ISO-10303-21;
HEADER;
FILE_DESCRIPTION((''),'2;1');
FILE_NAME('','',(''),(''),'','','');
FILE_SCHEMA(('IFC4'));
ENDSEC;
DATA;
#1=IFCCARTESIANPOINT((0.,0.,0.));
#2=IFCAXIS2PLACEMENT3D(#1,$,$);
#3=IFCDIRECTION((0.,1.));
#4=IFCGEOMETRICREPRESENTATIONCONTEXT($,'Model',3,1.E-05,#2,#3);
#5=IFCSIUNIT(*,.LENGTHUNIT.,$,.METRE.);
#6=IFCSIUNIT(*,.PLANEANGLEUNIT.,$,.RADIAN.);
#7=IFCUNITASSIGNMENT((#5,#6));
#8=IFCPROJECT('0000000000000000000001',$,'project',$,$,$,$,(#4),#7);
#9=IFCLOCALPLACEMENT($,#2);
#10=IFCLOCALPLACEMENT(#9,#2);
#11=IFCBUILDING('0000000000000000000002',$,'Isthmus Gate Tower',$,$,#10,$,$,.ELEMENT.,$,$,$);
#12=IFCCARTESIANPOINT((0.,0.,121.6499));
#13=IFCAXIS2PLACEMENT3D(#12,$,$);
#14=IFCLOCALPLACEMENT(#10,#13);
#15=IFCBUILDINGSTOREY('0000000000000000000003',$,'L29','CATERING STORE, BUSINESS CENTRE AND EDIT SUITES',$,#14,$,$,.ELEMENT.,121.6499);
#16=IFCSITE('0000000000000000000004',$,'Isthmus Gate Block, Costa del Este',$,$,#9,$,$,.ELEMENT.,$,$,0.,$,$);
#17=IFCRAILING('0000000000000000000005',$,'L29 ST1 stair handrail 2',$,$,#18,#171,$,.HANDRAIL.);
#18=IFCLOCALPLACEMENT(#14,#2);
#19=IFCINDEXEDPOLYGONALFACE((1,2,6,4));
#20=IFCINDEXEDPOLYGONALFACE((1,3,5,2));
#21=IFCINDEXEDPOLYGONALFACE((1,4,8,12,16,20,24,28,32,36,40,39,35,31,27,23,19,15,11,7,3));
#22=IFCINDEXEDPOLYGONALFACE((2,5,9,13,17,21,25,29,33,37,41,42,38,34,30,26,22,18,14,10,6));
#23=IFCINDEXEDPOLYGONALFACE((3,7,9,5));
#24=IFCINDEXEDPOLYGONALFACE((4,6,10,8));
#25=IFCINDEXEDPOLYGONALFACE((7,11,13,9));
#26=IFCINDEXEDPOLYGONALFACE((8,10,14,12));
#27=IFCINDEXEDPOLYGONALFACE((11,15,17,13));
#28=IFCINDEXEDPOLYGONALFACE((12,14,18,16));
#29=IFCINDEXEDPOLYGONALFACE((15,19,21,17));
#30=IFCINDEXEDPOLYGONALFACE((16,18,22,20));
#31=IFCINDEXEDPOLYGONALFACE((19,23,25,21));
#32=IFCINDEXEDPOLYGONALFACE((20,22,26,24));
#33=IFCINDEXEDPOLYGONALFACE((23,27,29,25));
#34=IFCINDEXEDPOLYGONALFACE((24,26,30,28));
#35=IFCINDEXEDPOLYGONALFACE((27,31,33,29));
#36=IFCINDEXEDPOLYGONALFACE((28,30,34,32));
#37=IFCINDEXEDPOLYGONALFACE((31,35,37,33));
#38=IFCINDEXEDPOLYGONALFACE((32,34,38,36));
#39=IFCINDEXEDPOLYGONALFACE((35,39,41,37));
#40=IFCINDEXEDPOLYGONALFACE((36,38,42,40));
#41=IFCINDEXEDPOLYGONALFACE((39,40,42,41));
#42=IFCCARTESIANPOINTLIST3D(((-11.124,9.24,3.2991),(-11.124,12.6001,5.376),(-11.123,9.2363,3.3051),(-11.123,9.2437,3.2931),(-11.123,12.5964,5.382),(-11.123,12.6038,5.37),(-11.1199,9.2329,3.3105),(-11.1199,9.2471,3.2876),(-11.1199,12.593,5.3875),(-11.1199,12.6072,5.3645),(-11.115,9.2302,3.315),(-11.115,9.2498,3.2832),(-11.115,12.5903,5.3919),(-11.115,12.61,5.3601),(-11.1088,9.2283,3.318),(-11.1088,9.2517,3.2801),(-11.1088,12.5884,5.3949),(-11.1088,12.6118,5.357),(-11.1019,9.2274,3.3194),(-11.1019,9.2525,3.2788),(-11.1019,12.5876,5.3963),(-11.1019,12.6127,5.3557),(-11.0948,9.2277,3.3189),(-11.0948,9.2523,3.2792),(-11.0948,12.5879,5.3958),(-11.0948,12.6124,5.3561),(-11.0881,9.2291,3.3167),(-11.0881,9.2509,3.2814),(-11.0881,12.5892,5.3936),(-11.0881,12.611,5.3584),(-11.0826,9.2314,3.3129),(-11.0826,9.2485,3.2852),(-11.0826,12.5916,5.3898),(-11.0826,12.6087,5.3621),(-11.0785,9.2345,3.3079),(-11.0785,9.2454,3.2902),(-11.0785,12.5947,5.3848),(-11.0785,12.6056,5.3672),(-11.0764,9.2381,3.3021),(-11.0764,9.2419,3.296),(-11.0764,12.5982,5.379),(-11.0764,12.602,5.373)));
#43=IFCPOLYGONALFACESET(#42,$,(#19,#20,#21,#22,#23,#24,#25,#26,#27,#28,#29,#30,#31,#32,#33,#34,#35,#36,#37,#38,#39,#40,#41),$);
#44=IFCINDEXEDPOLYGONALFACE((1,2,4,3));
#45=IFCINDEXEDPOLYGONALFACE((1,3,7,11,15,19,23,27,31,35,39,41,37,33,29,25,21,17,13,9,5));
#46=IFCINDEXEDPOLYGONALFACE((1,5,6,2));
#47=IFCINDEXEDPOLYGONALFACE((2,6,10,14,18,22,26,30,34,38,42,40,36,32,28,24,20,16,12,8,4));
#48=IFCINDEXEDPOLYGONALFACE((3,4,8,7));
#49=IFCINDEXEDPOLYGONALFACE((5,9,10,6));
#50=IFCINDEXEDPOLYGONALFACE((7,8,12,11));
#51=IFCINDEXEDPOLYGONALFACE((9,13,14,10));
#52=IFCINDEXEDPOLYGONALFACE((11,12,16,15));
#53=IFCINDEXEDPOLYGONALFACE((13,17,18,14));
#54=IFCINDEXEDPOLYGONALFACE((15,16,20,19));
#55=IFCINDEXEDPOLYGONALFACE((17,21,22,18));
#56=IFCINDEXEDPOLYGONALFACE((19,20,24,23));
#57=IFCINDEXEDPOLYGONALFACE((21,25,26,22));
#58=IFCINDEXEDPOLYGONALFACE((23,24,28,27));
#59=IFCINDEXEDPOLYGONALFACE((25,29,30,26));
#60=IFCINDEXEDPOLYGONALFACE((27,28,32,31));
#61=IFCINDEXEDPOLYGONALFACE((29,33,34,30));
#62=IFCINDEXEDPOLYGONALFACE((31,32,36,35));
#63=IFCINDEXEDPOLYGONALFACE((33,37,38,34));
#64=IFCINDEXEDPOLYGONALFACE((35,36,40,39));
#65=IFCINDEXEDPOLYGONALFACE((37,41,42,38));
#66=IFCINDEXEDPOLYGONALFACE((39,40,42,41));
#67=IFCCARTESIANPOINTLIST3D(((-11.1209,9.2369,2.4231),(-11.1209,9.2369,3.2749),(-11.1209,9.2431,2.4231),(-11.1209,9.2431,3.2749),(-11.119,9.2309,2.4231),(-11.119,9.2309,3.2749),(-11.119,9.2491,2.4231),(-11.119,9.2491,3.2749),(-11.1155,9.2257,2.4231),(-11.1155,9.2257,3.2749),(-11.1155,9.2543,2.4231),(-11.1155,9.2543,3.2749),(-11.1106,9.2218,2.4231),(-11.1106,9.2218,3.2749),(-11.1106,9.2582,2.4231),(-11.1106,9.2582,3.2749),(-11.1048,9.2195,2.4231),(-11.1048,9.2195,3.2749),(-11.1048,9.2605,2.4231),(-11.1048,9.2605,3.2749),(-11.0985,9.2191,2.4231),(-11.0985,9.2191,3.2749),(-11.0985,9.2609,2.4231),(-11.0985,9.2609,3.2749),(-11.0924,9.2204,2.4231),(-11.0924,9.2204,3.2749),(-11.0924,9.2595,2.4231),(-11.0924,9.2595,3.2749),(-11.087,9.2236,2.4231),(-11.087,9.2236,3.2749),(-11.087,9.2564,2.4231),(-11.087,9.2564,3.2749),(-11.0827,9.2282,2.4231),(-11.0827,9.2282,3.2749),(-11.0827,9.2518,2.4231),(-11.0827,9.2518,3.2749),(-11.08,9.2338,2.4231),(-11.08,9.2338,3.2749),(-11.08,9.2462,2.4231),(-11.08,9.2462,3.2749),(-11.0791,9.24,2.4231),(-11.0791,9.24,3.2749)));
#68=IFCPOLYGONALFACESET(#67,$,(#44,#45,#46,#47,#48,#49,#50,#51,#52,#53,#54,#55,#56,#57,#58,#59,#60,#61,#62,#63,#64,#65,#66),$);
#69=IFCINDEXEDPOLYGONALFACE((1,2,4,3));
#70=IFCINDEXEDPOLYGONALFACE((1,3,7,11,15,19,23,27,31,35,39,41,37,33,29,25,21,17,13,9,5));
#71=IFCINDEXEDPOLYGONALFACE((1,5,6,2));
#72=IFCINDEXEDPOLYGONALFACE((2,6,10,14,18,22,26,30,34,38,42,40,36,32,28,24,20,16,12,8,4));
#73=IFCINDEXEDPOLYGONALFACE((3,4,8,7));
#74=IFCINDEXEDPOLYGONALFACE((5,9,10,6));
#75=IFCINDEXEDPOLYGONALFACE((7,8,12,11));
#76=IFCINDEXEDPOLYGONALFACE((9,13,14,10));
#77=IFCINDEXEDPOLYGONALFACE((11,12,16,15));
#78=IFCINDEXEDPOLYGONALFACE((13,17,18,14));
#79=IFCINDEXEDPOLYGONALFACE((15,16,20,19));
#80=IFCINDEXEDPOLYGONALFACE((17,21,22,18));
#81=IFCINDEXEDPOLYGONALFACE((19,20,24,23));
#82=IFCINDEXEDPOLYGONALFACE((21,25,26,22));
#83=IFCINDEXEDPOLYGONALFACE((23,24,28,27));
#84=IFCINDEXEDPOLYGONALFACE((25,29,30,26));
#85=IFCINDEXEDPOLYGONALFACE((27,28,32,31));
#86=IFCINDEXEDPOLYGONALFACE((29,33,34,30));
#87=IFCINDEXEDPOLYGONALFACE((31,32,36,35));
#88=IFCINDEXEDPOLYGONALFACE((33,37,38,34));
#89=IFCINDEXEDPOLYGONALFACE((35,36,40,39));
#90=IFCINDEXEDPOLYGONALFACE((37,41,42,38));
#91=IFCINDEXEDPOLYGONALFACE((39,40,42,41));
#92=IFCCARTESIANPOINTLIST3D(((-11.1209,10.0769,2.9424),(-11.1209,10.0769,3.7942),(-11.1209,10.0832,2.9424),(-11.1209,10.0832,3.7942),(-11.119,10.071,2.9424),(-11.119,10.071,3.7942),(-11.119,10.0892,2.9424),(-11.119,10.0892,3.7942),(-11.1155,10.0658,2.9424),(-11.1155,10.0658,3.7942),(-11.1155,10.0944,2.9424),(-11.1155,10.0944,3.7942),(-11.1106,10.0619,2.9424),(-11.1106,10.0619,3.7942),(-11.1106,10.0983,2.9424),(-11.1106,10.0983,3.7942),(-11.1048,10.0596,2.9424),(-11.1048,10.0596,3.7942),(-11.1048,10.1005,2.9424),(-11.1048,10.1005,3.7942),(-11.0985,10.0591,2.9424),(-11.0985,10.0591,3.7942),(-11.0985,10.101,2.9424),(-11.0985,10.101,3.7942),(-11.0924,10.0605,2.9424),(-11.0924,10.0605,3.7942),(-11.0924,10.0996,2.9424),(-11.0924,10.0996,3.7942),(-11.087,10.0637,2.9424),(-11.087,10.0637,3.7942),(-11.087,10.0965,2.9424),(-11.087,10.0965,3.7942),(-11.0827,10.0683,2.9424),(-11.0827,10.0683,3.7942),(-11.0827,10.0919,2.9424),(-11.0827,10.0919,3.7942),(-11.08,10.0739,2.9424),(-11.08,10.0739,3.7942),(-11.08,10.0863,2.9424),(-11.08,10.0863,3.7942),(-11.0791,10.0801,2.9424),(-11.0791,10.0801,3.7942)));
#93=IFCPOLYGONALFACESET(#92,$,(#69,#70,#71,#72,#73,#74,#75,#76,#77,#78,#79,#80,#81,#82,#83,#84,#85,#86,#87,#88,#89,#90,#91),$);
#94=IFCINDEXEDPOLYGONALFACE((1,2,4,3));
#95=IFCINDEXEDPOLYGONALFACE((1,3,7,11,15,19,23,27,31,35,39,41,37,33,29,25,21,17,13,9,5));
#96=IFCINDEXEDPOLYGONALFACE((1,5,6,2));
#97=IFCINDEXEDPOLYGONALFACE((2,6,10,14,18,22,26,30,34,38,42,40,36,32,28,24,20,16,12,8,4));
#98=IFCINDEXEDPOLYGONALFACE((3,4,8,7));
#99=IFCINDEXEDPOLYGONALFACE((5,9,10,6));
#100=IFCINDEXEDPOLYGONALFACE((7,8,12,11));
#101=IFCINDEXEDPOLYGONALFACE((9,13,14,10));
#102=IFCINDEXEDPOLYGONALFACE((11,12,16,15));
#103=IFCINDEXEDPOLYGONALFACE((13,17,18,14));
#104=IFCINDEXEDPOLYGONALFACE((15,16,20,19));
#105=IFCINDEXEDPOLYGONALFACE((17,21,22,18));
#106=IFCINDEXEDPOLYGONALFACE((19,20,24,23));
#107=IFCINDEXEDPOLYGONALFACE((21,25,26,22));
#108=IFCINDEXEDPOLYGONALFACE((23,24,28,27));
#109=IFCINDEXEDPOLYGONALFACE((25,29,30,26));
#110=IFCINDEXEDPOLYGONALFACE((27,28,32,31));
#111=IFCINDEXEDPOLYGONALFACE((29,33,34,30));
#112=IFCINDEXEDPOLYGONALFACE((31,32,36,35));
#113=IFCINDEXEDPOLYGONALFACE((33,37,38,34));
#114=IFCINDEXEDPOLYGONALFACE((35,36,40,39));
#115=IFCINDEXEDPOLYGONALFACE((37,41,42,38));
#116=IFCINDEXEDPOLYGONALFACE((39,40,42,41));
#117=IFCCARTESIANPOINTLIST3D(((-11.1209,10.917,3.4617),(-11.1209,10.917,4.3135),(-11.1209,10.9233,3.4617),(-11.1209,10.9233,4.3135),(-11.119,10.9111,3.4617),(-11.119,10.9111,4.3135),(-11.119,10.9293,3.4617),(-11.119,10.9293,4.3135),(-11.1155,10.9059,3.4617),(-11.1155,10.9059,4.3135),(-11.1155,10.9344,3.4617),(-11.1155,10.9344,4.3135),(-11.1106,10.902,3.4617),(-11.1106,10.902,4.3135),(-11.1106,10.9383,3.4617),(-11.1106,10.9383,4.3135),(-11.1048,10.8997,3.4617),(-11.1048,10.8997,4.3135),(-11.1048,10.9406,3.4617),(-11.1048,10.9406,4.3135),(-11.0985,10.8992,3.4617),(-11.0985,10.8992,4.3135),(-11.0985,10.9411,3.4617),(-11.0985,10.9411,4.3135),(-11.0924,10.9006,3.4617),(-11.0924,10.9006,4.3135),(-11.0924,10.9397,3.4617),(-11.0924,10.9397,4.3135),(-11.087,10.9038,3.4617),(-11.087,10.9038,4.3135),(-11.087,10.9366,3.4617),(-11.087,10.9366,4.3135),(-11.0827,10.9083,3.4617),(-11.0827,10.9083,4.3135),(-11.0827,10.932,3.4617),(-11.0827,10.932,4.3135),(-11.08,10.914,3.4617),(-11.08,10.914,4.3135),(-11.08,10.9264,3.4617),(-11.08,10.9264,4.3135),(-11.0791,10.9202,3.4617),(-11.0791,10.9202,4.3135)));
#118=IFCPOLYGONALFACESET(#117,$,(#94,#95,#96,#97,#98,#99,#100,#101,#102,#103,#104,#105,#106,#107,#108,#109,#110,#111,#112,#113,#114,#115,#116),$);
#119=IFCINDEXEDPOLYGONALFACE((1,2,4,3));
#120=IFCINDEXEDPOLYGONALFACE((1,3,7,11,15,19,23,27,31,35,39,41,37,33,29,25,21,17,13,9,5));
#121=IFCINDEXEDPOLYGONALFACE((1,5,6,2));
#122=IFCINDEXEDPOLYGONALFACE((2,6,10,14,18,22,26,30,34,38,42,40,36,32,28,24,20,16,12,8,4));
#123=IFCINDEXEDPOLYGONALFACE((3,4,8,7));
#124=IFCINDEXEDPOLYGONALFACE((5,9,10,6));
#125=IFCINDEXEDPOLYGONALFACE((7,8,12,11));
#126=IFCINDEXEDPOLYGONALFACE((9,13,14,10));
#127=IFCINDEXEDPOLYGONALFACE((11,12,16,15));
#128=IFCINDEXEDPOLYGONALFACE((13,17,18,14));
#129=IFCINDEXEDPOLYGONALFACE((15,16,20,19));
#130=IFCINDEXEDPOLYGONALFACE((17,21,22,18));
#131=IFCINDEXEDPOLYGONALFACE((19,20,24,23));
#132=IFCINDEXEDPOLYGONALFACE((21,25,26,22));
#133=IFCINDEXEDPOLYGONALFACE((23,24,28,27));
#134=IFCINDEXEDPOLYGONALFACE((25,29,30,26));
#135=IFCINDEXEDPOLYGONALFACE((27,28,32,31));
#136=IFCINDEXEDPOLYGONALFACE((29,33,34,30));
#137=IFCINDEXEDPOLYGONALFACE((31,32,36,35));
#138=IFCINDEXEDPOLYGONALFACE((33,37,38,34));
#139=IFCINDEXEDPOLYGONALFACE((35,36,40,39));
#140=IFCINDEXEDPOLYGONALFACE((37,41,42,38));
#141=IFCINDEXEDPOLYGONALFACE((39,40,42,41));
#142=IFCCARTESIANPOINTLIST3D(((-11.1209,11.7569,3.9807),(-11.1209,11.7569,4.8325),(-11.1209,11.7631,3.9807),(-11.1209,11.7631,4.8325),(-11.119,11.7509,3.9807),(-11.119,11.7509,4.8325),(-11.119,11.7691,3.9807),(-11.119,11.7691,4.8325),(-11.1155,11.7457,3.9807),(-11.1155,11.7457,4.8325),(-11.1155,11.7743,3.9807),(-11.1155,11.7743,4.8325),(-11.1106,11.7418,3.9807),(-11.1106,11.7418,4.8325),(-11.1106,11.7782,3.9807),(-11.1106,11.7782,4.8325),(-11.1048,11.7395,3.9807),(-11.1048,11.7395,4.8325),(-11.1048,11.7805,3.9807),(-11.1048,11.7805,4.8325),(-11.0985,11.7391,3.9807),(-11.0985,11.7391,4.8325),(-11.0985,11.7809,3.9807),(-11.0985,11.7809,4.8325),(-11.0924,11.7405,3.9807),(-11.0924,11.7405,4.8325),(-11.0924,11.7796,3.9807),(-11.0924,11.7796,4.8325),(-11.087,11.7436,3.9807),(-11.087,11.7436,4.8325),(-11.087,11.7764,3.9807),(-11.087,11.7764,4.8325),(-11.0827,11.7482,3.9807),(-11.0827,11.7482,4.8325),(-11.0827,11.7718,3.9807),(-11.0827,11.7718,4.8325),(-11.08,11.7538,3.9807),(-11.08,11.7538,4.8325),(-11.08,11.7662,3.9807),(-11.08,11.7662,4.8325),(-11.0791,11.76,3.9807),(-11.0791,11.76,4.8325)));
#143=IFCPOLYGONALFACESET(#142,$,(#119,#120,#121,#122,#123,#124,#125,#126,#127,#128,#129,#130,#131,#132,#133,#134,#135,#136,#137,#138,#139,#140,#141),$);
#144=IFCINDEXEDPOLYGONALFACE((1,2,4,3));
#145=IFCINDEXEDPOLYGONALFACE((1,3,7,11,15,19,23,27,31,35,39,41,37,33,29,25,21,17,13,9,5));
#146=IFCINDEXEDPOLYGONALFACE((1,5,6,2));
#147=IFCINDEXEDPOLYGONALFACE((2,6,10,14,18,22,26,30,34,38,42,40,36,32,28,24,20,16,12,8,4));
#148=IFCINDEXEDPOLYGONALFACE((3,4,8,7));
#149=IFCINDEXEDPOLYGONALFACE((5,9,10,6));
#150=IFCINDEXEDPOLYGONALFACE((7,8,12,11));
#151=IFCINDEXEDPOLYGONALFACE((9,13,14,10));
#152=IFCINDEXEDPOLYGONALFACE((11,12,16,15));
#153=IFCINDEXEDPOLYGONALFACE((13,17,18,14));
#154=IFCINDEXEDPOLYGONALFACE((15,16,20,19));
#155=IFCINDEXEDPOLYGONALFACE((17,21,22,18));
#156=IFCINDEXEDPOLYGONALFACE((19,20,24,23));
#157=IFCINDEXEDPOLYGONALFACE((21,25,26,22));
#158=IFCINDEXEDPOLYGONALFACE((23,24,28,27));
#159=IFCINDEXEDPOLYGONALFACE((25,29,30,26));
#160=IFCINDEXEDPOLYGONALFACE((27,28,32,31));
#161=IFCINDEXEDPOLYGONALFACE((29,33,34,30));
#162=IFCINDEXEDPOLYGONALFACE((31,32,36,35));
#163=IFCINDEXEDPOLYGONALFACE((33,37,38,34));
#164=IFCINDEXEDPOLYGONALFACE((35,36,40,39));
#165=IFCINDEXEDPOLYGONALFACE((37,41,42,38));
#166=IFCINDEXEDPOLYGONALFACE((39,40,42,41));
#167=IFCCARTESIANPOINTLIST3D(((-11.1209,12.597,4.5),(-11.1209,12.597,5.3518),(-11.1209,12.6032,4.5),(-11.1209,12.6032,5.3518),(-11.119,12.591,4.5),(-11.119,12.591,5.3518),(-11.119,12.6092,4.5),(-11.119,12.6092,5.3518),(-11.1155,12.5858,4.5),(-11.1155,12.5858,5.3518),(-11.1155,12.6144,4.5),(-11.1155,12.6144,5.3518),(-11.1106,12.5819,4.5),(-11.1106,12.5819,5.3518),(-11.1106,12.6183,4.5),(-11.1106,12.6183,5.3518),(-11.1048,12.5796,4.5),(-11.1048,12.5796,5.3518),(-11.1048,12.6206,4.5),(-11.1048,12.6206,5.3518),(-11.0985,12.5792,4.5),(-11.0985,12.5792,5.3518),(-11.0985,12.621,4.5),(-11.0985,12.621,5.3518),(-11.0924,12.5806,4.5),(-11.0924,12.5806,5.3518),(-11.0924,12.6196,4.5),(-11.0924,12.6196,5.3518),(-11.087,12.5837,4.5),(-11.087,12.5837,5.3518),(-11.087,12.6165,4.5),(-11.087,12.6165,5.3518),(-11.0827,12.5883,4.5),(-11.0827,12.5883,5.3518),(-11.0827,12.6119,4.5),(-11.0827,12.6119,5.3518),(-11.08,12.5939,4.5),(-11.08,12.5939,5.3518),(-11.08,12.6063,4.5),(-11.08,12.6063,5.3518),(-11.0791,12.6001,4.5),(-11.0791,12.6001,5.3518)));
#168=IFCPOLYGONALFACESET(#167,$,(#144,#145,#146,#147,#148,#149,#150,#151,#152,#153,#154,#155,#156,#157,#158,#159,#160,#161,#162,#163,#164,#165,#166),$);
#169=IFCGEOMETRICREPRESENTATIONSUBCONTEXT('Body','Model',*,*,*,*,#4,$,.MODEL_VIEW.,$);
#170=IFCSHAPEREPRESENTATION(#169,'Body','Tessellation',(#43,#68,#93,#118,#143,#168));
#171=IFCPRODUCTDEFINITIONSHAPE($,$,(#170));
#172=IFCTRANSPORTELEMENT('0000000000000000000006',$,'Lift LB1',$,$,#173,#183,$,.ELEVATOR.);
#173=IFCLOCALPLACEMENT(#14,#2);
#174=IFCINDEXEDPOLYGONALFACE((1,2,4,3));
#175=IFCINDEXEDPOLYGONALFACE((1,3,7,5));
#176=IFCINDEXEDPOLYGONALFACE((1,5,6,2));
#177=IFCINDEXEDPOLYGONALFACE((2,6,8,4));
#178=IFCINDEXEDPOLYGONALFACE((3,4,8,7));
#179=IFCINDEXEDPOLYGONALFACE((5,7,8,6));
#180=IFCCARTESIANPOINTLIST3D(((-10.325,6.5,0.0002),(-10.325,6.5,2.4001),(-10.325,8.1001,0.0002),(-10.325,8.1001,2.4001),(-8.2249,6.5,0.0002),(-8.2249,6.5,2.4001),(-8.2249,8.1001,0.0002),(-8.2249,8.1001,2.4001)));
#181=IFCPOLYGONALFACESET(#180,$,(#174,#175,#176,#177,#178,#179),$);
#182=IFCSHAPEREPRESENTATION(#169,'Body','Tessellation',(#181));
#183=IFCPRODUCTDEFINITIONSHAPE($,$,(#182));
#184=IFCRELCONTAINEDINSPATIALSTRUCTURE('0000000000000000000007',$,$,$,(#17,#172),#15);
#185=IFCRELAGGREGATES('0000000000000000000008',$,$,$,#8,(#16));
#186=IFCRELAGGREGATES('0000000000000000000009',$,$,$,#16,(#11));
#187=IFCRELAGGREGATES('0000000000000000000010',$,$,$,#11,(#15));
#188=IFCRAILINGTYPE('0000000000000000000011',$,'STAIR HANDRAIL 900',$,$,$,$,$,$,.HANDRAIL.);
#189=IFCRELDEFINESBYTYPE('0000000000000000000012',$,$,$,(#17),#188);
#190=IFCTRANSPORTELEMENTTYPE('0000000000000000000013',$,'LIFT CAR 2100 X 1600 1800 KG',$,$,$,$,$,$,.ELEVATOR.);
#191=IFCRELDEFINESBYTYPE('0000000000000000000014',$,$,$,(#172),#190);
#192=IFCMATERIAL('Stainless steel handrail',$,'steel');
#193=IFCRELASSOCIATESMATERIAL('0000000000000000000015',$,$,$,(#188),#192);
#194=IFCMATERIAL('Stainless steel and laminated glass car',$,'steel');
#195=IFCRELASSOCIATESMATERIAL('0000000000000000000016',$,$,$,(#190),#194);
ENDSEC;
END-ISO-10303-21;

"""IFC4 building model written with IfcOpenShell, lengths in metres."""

from ifc_helpers import new_model, si_unit, direction, frame, origin, origin_2d, place, context, subcontext, project, spatial, rectangle, circle, extrude, material, type_object, element, save


model = new_model("IFC4")

# Units and contexts
model_context = context("Model", 3, precision=1e-05, world=origin(), true_north=direction((0.0, 1.0)))
body_context = subcontext(model_context, "Body", "Model", "MODEL_VIEW")
ifc_project = project(units=[si_unit("LENGTHUNIT", "METRE"), si_unit("PLANEANGLEUNIT", "RADIAN")], contexts=[model_context])

# Site, building, storey
site_placement = place(None, origin())
site = spatial("IfcSite", under=ifc_project, at=site_placement, Name="Isthmus Gate Block, Costa del Este", CompositionType="ELEMENT", RefElevation=0.0)
building_placement = place(site_placement, origin())
building = spatial("IfcBuilding", under=site, at=building_placement, Name="Isthmus Gate Tower", CompositionType="ELEMENT")
storey_placement = place(building_placement, frame((0.0, 0.0, 121.6499)))
storey = spatial("IfcBuildingStorey", under=building, at=storey_placement, Name="L29", Description="CATERING STORE, BUSINESS CENTRE AND EDIT SUITES", CompositionType="ELEMENT", Elevation=121.6499)

# Railing
ifc_material_1 = material(Name="Stainless steel handrail", Category="steel")
railing_type_1 = type_object("IfcRailingType", Name="STAIR HANDRAIL 900", PredefinedType="HANDRAIL", material=ifc_material_1)
railing_1_placement = place(storey_placement, frame((-11.1001, 9.24, 2.4231)))
element("IfcRailing", 1, at=railing_1_placement, inside=storey, type_object=railing_type_1, Name="L29 ST1 stair handrail 2", PredefinedType="HANDRAIL", context=body_context, shape_type="SweptSolid", body=[
    extrude(circle(Radius=0.0239, at=origin_2d()), frame((0.0, 0.0, 0.876), z_axis=(0.0, 0.850623, 0.525776), x_axis=(-1.0, 0.0, 0.0)), (0.0, 0.0, 1.0), 3.9502),
    extrude(circle(Radius=0.021, at=origin_2d()), origin(), (0.0, 0.0, 1.0), 0.8518),
    extrude(circle(Radius=0.021, at=origin_2d()), frame((0.0, 0.8401, 0.5193)), (0.0, 0.0, 1.0), 0.8518),
    extrude(circle(Radius=0.021, at=origin_2d()), frame((0.0, 1.6802, 1.0386)), (0.0, 0.0, 1.0), 0.8518),
    extrude(circle(Radius=0.021, at=origin_2d()), frame((0.0, 2.52, 1.5576)), (0.0, 0.0, 1.0), 0.8518),
    extrude(circle(Radius=0.021, at=origin_2d()), frame((0.0, 3.3601, 2.0769)), (0.0, 0.0, 1.0), 0.8518),
])

# Transport element
ifc_material_2 = material(Name="Stainless steel and laminated glass car", Category="steel")
transport_element_type = type_object("IfcTransportElementType", Name="LIFT CAR 2100 X 1600 1800 KG", PredefinedType="ELEVATOR", material=ifc_material_2)
transport_element_placement = place(storey_placement, frame((-9.2749, 7.3, 0.0002), z_axis=(0.0, 0.0, 1.0), x_axis=(1.0, 0.0, 0.0)))
element("IfcTransportElement", 2, at=transport_element_placement, inside=storey, type_object=transport_element_type, Name="Lift LB1", PredefinedType="ELEVATOR", context=body_context, shape_type="SweptSolid", body=[
    extrude(rectangle(XDim=2.1001, YDim=1.6001, at=origin_2d()), origin(), (0.0, 0.0, 1.0), 2.3999),
])

save(model, "model.ifc")
